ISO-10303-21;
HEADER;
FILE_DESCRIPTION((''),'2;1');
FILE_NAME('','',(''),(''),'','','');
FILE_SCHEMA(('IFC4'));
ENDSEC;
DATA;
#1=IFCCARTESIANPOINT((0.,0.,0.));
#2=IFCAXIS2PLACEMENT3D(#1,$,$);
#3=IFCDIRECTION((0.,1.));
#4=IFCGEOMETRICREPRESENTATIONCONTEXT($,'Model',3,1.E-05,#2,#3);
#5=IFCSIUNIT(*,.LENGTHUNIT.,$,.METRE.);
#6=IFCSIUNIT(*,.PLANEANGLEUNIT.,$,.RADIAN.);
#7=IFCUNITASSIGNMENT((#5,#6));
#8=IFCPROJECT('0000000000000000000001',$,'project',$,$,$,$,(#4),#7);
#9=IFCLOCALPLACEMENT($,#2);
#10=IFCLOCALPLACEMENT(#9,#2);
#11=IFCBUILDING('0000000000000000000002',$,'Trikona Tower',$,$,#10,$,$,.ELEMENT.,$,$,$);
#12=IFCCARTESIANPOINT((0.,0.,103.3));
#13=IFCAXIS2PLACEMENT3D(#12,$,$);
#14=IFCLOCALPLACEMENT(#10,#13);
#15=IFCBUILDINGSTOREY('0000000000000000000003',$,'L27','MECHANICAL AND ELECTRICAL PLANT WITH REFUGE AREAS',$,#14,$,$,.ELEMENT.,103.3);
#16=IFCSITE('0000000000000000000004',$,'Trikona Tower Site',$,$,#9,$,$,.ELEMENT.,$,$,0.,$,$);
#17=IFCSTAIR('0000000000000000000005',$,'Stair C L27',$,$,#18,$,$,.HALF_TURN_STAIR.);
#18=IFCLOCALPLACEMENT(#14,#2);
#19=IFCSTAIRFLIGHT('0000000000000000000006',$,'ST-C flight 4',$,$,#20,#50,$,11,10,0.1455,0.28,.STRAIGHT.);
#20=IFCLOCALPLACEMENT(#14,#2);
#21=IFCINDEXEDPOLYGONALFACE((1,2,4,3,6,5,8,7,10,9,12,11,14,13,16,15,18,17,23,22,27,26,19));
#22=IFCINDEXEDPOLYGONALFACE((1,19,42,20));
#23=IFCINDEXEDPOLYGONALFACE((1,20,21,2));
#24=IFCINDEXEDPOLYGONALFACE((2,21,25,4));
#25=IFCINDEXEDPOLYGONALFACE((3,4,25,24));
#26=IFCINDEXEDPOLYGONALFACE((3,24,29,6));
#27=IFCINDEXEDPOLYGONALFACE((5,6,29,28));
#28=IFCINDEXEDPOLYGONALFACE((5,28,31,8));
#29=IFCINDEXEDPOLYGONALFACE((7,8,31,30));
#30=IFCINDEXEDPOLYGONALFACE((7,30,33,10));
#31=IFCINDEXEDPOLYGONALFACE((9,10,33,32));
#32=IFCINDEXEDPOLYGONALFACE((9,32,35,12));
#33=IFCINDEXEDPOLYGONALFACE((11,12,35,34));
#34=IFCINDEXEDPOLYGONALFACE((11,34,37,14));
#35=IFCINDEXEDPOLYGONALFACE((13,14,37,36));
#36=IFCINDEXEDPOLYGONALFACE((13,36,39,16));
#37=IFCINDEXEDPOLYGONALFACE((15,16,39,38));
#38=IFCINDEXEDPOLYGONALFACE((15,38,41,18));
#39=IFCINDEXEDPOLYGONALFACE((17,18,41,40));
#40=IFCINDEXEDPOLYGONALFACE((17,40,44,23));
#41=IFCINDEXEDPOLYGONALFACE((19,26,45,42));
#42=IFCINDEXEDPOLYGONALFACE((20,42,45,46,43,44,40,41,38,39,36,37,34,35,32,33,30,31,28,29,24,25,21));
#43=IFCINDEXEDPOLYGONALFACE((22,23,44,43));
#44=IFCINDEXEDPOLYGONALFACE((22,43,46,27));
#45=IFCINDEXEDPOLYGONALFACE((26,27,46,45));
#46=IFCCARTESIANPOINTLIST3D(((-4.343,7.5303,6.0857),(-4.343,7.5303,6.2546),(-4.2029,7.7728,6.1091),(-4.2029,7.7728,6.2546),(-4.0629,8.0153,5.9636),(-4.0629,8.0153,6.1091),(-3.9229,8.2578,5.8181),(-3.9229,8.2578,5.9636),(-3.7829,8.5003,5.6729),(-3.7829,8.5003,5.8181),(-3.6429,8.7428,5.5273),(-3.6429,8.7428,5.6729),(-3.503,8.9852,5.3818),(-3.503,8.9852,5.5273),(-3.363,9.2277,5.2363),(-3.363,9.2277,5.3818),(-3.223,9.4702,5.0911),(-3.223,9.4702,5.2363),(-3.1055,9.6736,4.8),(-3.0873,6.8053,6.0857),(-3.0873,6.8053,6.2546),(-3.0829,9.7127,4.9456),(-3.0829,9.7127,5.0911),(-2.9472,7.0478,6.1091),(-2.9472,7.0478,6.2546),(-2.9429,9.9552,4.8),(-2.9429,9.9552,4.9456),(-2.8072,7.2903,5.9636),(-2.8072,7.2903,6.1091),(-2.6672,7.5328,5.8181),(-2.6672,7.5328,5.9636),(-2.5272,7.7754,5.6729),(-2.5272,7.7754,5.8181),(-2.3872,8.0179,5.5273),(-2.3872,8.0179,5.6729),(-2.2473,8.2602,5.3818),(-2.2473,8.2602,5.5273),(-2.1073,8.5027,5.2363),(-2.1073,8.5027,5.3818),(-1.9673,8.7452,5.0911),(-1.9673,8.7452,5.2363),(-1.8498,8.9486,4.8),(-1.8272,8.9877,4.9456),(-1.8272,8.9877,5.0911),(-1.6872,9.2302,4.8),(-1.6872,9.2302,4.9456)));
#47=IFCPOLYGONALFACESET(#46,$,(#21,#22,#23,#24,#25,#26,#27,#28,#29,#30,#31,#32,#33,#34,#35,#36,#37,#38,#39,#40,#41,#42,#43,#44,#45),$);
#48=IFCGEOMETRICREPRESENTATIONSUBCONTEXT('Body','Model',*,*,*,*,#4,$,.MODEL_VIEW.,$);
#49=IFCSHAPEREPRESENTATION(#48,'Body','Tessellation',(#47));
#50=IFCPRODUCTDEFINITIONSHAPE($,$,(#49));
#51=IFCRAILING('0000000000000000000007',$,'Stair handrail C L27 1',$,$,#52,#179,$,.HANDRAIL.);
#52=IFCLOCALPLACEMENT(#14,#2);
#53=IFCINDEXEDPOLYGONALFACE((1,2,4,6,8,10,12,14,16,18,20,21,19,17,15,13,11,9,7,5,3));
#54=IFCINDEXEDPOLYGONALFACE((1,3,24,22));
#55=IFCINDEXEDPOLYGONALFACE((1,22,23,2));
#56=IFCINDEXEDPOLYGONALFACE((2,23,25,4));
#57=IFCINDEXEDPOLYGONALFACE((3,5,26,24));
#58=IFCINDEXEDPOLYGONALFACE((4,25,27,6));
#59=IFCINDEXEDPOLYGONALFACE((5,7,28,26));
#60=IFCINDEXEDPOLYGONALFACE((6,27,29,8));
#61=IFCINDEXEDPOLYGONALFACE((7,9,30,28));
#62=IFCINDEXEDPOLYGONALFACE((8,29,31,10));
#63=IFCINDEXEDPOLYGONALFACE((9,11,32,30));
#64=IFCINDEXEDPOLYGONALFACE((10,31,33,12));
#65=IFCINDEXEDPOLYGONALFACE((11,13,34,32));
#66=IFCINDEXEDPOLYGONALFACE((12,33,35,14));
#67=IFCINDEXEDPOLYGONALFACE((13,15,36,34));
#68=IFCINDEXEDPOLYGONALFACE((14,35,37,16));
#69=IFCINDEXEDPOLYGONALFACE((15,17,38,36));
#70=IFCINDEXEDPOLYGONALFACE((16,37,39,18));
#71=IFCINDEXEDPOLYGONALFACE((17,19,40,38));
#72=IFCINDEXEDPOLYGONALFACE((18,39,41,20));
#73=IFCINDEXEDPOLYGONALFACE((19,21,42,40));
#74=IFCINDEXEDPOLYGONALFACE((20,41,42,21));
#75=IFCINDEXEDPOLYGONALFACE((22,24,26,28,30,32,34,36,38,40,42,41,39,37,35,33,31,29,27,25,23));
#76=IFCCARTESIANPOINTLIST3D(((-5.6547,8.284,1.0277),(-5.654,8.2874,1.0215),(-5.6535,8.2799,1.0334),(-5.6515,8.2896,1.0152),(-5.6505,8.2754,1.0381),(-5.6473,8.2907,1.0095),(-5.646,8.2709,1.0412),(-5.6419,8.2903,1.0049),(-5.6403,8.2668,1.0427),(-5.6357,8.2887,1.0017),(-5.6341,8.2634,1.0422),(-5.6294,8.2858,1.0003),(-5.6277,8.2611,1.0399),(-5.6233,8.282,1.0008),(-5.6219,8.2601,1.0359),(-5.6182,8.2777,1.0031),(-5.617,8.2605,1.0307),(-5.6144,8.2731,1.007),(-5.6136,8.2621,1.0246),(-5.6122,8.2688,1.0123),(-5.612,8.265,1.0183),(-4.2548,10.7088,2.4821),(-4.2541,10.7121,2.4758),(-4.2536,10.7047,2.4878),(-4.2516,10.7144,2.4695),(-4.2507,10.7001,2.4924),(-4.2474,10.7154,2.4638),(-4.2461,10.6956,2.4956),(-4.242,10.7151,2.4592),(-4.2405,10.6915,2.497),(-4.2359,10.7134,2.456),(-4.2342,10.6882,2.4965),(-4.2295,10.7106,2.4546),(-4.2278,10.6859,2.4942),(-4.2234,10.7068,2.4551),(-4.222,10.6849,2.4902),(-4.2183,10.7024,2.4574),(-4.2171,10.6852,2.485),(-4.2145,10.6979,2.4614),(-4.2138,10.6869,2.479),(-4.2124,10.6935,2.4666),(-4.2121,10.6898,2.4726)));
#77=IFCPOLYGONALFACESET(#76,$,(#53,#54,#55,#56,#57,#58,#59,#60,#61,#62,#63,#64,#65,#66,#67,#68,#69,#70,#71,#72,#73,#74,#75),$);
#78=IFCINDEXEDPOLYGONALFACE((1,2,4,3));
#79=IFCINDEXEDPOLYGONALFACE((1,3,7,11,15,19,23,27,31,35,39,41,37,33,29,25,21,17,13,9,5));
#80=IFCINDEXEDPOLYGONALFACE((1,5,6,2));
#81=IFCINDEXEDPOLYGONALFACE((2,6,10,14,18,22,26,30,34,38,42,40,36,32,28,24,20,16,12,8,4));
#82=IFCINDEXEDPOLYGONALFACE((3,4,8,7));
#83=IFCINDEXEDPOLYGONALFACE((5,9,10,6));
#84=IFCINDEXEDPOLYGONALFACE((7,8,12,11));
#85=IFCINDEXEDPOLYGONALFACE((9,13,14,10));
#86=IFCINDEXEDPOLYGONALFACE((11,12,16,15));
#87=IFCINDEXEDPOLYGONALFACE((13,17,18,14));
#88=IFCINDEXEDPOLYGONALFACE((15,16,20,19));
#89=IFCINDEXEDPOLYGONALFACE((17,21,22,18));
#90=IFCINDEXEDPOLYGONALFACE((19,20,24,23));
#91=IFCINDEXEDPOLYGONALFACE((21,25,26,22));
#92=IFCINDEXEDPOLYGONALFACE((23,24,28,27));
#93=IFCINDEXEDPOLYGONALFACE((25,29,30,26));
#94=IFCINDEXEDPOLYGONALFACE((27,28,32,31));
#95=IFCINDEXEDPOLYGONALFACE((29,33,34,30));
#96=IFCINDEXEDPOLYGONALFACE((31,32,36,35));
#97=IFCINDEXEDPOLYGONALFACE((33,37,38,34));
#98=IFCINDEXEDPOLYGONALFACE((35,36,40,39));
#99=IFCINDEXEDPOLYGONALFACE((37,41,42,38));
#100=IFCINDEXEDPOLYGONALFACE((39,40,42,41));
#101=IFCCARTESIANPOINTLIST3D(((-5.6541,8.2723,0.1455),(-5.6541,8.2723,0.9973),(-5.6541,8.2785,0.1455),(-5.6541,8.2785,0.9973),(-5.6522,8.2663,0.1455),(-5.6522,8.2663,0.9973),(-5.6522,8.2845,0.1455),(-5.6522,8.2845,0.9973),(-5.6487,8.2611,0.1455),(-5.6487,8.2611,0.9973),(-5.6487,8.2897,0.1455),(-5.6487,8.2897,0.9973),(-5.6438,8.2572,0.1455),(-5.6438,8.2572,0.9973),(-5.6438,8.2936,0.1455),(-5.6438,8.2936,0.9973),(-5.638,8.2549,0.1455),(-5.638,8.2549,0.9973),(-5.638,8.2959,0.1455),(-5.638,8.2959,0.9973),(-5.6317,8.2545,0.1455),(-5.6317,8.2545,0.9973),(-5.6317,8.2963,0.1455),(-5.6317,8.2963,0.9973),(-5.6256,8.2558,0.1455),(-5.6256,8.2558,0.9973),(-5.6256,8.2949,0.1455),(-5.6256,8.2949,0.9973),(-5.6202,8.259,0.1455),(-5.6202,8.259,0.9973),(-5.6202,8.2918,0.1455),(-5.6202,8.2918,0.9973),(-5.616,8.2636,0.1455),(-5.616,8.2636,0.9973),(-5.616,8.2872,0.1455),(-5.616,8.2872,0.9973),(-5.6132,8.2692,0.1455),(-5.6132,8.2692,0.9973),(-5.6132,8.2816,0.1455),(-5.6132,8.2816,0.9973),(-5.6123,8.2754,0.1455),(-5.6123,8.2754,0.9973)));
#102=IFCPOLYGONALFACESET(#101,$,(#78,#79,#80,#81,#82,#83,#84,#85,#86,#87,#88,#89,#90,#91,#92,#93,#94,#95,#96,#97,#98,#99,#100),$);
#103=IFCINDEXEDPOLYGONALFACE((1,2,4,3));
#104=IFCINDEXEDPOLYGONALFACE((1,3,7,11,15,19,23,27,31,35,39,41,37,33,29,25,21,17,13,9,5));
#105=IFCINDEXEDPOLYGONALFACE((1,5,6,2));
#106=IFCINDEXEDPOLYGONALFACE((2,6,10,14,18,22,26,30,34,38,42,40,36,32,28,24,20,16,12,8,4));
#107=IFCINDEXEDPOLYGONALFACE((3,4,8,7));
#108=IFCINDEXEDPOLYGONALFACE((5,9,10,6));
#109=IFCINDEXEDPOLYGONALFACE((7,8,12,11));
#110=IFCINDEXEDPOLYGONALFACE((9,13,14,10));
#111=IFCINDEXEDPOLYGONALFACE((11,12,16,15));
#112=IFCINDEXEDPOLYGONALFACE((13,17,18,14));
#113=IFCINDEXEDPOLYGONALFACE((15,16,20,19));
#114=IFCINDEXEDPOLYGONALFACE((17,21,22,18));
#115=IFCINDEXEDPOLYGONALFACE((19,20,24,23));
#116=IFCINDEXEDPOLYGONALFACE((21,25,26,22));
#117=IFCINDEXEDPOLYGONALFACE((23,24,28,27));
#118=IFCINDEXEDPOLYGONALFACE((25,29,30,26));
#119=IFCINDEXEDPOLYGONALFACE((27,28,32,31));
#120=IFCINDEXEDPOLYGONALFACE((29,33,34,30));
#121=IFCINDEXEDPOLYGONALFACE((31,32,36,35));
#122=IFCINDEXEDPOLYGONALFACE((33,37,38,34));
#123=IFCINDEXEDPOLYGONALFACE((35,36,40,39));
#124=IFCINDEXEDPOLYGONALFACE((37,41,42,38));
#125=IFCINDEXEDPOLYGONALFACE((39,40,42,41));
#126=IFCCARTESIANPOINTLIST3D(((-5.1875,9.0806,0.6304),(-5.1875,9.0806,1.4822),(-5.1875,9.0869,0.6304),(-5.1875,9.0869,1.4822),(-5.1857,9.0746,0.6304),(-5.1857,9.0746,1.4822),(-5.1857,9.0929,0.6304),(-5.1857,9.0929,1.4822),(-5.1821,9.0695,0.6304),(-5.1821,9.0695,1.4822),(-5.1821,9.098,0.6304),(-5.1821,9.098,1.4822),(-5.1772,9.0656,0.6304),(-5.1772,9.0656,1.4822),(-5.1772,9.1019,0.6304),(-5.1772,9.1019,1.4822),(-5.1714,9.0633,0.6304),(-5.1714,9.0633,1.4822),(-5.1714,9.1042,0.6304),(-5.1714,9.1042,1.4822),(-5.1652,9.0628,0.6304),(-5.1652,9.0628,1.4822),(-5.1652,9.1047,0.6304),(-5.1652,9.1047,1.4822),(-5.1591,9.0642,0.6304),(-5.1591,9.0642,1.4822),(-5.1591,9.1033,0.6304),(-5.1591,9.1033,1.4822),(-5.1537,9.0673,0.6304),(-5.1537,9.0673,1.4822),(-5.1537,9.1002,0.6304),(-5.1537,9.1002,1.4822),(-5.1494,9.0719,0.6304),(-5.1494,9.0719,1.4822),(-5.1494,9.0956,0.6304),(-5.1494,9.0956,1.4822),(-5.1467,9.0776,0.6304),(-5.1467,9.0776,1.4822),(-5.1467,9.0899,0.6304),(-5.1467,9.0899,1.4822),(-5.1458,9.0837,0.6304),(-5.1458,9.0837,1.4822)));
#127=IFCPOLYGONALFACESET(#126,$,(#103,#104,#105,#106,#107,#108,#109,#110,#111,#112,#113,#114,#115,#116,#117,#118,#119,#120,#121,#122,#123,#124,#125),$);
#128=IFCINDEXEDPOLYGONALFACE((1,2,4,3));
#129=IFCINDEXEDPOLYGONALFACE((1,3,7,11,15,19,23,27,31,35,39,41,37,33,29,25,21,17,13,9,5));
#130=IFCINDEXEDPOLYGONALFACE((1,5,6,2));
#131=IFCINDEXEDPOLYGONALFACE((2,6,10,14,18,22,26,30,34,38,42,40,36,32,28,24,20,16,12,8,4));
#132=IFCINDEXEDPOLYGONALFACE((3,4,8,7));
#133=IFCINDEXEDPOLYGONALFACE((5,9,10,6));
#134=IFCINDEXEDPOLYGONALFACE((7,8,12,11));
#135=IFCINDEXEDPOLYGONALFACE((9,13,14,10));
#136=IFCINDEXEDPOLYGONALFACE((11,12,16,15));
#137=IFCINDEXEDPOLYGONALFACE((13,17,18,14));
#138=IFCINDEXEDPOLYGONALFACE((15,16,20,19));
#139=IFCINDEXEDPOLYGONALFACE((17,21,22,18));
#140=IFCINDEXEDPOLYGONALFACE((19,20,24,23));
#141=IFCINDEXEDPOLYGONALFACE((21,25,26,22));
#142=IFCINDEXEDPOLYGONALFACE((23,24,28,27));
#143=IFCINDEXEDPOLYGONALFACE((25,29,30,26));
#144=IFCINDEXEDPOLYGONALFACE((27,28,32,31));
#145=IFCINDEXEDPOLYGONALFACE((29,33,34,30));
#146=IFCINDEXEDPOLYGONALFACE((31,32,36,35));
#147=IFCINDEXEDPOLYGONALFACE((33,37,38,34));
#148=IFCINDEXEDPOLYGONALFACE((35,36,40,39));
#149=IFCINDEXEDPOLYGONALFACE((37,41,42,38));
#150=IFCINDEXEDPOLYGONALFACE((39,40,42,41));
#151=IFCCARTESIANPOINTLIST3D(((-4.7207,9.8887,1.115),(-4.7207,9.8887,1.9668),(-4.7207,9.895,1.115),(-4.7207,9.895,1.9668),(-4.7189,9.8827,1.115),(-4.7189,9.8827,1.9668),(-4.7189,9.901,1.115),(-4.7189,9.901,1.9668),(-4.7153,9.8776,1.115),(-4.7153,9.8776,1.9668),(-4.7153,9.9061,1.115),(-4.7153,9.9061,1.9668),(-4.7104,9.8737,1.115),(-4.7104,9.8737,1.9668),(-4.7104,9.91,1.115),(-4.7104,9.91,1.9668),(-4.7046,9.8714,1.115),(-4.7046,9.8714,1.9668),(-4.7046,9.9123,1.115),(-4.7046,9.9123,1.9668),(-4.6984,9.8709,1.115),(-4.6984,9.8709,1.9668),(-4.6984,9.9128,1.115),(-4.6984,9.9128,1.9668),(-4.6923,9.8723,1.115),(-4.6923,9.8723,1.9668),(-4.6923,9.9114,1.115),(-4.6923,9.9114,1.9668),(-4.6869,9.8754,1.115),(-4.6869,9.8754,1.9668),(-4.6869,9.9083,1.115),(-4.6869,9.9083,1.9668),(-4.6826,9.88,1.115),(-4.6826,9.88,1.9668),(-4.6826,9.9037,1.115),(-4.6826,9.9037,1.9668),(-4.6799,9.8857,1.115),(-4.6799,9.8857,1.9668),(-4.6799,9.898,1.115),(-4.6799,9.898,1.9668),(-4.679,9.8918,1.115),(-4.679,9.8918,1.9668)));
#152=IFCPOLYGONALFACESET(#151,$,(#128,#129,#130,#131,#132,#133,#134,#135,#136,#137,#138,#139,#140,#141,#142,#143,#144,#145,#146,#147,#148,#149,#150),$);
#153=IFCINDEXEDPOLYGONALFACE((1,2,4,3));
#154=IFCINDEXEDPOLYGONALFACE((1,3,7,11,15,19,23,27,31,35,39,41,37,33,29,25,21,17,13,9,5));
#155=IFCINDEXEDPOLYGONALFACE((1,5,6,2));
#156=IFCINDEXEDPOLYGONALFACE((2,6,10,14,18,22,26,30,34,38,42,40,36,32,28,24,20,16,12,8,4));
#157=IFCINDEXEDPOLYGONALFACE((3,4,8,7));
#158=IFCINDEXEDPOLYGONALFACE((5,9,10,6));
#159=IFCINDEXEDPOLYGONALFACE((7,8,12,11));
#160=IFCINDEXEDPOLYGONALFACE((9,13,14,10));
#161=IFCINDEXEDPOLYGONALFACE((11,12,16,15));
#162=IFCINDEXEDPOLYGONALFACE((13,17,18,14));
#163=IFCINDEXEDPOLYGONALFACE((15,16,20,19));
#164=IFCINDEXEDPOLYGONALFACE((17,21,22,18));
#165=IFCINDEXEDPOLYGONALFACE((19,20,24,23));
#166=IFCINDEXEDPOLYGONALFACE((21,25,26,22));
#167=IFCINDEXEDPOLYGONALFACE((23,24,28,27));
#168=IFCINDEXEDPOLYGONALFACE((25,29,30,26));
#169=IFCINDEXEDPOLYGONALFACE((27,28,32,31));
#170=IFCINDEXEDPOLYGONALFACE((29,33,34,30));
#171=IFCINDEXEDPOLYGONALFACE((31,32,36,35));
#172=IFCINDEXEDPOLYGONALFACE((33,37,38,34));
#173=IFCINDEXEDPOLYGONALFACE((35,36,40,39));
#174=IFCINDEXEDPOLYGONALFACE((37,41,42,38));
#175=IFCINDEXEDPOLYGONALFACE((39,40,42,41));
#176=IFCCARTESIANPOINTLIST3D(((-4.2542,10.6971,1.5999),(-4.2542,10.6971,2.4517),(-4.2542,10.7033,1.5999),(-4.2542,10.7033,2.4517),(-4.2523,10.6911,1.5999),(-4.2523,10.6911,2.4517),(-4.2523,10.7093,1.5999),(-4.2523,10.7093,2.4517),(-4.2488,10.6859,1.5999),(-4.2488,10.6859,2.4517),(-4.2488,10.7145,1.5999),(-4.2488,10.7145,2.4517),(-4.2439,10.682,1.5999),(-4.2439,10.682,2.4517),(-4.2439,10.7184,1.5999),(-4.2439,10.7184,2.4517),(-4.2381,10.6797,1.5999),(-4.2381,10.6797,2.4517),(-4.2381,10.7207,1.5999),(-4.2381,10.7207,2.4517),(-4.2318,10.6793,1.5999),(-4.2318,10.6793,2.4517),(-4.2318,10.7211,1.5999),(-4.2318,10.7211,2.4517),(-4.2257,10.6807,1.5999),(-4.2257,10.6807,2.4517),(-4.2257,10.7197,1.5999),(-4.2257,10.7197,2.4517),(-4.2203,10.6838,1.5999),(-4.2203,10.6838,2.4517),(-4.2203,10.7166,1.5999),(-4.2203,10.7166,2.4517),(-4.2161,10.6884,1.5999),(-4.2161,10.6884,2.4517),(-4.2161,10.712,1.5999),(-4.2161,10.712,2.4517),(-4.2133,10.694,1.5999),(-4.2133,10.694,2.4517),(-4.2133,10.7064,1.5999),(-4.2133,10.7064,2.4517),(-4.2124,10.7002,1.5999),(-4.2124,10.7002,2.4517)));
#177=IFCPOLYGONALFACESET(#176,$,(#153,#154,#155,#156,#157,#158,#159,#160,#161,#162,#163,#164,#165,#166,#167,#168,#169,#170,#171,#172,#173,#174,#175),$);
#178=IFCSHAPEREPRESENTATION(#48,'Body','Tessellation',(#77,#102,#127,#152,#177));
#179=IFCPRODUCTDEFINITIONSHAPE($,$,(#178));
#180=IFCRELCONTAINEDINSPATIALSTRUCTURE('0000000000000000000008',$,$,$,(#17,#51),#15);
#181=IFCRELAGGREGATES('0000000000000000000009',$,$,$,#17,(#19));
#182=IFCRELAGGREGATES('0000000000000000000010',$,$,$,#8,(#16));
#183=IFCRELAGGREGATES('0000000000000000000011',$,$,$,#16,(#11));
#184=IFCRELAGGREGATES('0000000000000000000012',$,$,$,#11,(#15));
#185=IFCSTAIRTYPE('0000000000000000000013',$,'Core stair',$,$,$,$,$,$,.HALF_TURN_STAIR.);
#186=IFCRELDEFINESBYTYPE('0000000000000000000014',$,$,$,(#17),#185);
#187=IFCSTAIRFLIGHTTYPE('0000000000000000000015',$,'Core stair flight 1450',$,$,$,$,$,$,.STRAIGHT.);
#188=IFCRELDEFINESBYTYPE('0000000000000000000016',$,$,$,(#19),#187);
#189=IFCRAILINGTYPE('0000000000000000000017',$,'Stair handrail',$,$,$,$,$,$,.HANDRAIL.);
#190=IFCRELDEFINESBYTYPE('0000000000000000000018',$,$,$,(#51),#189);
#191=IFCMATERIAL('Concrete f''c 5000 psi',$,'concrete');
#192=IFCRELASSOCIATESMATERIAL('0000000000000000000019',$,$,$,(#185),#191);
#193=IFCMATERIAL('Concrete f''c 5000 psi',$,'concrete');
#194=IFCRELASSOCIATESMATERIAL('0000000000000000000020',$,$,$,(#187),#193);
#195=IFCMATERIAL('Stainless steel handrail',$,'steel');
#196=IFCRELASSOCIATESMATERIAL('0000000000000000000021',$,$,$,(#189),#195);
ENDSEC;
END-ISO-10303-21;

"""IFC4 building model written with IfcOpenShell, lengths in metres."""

from ifc_helpers import new_model, si_unit, direction, frame, origin, origin_2d, place, context, subcontext, project, spatial, polyline, circle, outline, extrude, material, type_object, element, aggregate, save


model = new_model("IFC4")

# Units and contexts
model_context = context("Model", 3, precision=1e-05, world=origin(), true_north=direction((0.0, 1.0)))
body_context = subcontext(model_context, "Body", "Model", "MODEL_VIEW")
ifc_project = project(units=[si_unit("LENGTHUNIT", "METRE"), si_unit("PLANEANGLEUNIT", "RADIAN")], contexts=[model_context])

# Site, building, storey
site_placement = place(None, origin())
site = spatial("IfcSite", under=ifc_project, at=site_placement, Name="Trikona Tower Site", CompositionType="ELEMENT", RefElevation=0.0)
building_placement = place(site_placement, origin())
building = spatial("IfcBuilding", under=site, at=building_placement, Name="Trikona Tower", CompositionType="ELEMENT")
storey_placement = place(building_placement, frame((0.0, 0.0, 103.3)))
storey = spatial("IfcBuildingStorey", under=building, at=storey_placement, Name="L27", Description="MECHANICAL AND ELECTRICAL PLANT WITH REFUGE AREAS", CompositionType="ELEMENT", Elevation=103.3)

# Stair, stair flight
ifc_material_1 = material(Name="Concrete f'c 5000 psi", Category="concrete")
stair_type = type_object("IfcStairType", Name="Core stair", PredefinedType="HALF_TURN_STAIR", material=ifc_material_1)
stair_placement = place(storey_placement, origin())
stair = element("IfcStair", 1, at=stair_placement, inside=storey, type_object=stair_type, Name="Stair C L27", PredefinedType="HALF_TURN_STAIR")
ifc_material_2 = material(Name="Concrete f'c 5000 psi", Category="concrete")
stair_flight_type = type_object("IfcStairFlightType", Name="Core stair flight 1450", PredefinedType="STRAIGHT", material=ifc_material_2)
stair_flight_1_placement = place(storey_placement, frame((-2.3152, 9.5928, 4.8), z_axis=(0.0, 0.0, 1.0), x_axis=(-0.5, -0.866025, 0.0)))
stair_flight_1 = element("IfcStairFlight", 2, at=stair_flight_1_placement, type_object=stair_flight_type, Name="ST-C flight 4", NumberOfRisers=11, NumberOfTreads=10, PredefinedType="STRAIGHT", RiserHeight=0.1455, TreadLength=0.28, context=body_context, shape_type="SweptSolid", body=[
    extrude(outline(polyline([(0.0, 0.0), (0.0, 0.1455), (0.28, 0.1455), (0.28, 0.291), (0.5601, 0.291), (0.5601, 0.4363), (0.8401, 0.4363), (0.8401, 0.5818), (1.1201, 0.5818), (1.1201, 0.7273), (1.3999, 0.7273), (1.3999, 0.8728), (1.6799, 0.8728), (1.6799, 1.0181), (1.96, 1.0181), (1.96, 1.1636), (2.24, 1.1636), (2.24, 1.3091), (2.52, 1.3091), (2.52, 1.4546), (2.8, 1.4546), (2.8, 1.6001), (2.8, 1.2856), (0.3252, 0.0), (0.0, 0.0)])), frame((0.0, 0.7251, 0.0), z_axis=(0.0, -1.0, 0.0), x_axis=(1.0, 0.0, 0.0)), (0.0, 0.0, 1.0), 1.45),
])
aggregate(stair, [stair_flight_1])

# Railing
ifc_material_3 = material(Name="Stainless steel handrail", Category="steel")
railing_type = type_object("IfcRailingType", Name="Stair handrail", PredefinedType="HANDRAIL", material=ifc_material_3)
railing_1_placement = place(storey_placement, frame((-5.6333, 8.2754, 0.1455)))
element("IfcRailing", 3, at=railing_1_placement, inside=storey, type_object=railing_type, Name="Stair handrail C L27 1", PredefinedType="HANDRAIL", context=body_context, shape_type="SweptSolid", body=[
    extrude(circle(Radius=0.0239, at=origin_2d()), frame((0.0, 0.0, 0.876), z_axis=(0.443698, 0.76854, 0.460954), x_axis=(-0.866035, 0.499984, 0.0)), (0.0, 0.0, 1.0), 3.155),
    extrude(circle(Radius=0.021, at=origin_2d()), origin(), (0.0, 0.0, 1.0), 0.8518),
    extrude(circle(Radius=0.021, at=origin_2d()), frame((0.4666, 0.8083, 0.4849)), (0.0, 0.0, 1.0), 0.8518),
    extrude(circle(Radius=0.021, at=origin_2d()), frame((0.9333, 1.6165, 0.9695)), (0.0, 0.0, 1.0), 0.8518),
    extrude(circle(Radius=0.021, at=origin_2d()), frame((1.3999, 2.4248, 1.4543)), (0.0, 0.0, 1.0), 0.8518),
])

save(model, "model.ifc")
